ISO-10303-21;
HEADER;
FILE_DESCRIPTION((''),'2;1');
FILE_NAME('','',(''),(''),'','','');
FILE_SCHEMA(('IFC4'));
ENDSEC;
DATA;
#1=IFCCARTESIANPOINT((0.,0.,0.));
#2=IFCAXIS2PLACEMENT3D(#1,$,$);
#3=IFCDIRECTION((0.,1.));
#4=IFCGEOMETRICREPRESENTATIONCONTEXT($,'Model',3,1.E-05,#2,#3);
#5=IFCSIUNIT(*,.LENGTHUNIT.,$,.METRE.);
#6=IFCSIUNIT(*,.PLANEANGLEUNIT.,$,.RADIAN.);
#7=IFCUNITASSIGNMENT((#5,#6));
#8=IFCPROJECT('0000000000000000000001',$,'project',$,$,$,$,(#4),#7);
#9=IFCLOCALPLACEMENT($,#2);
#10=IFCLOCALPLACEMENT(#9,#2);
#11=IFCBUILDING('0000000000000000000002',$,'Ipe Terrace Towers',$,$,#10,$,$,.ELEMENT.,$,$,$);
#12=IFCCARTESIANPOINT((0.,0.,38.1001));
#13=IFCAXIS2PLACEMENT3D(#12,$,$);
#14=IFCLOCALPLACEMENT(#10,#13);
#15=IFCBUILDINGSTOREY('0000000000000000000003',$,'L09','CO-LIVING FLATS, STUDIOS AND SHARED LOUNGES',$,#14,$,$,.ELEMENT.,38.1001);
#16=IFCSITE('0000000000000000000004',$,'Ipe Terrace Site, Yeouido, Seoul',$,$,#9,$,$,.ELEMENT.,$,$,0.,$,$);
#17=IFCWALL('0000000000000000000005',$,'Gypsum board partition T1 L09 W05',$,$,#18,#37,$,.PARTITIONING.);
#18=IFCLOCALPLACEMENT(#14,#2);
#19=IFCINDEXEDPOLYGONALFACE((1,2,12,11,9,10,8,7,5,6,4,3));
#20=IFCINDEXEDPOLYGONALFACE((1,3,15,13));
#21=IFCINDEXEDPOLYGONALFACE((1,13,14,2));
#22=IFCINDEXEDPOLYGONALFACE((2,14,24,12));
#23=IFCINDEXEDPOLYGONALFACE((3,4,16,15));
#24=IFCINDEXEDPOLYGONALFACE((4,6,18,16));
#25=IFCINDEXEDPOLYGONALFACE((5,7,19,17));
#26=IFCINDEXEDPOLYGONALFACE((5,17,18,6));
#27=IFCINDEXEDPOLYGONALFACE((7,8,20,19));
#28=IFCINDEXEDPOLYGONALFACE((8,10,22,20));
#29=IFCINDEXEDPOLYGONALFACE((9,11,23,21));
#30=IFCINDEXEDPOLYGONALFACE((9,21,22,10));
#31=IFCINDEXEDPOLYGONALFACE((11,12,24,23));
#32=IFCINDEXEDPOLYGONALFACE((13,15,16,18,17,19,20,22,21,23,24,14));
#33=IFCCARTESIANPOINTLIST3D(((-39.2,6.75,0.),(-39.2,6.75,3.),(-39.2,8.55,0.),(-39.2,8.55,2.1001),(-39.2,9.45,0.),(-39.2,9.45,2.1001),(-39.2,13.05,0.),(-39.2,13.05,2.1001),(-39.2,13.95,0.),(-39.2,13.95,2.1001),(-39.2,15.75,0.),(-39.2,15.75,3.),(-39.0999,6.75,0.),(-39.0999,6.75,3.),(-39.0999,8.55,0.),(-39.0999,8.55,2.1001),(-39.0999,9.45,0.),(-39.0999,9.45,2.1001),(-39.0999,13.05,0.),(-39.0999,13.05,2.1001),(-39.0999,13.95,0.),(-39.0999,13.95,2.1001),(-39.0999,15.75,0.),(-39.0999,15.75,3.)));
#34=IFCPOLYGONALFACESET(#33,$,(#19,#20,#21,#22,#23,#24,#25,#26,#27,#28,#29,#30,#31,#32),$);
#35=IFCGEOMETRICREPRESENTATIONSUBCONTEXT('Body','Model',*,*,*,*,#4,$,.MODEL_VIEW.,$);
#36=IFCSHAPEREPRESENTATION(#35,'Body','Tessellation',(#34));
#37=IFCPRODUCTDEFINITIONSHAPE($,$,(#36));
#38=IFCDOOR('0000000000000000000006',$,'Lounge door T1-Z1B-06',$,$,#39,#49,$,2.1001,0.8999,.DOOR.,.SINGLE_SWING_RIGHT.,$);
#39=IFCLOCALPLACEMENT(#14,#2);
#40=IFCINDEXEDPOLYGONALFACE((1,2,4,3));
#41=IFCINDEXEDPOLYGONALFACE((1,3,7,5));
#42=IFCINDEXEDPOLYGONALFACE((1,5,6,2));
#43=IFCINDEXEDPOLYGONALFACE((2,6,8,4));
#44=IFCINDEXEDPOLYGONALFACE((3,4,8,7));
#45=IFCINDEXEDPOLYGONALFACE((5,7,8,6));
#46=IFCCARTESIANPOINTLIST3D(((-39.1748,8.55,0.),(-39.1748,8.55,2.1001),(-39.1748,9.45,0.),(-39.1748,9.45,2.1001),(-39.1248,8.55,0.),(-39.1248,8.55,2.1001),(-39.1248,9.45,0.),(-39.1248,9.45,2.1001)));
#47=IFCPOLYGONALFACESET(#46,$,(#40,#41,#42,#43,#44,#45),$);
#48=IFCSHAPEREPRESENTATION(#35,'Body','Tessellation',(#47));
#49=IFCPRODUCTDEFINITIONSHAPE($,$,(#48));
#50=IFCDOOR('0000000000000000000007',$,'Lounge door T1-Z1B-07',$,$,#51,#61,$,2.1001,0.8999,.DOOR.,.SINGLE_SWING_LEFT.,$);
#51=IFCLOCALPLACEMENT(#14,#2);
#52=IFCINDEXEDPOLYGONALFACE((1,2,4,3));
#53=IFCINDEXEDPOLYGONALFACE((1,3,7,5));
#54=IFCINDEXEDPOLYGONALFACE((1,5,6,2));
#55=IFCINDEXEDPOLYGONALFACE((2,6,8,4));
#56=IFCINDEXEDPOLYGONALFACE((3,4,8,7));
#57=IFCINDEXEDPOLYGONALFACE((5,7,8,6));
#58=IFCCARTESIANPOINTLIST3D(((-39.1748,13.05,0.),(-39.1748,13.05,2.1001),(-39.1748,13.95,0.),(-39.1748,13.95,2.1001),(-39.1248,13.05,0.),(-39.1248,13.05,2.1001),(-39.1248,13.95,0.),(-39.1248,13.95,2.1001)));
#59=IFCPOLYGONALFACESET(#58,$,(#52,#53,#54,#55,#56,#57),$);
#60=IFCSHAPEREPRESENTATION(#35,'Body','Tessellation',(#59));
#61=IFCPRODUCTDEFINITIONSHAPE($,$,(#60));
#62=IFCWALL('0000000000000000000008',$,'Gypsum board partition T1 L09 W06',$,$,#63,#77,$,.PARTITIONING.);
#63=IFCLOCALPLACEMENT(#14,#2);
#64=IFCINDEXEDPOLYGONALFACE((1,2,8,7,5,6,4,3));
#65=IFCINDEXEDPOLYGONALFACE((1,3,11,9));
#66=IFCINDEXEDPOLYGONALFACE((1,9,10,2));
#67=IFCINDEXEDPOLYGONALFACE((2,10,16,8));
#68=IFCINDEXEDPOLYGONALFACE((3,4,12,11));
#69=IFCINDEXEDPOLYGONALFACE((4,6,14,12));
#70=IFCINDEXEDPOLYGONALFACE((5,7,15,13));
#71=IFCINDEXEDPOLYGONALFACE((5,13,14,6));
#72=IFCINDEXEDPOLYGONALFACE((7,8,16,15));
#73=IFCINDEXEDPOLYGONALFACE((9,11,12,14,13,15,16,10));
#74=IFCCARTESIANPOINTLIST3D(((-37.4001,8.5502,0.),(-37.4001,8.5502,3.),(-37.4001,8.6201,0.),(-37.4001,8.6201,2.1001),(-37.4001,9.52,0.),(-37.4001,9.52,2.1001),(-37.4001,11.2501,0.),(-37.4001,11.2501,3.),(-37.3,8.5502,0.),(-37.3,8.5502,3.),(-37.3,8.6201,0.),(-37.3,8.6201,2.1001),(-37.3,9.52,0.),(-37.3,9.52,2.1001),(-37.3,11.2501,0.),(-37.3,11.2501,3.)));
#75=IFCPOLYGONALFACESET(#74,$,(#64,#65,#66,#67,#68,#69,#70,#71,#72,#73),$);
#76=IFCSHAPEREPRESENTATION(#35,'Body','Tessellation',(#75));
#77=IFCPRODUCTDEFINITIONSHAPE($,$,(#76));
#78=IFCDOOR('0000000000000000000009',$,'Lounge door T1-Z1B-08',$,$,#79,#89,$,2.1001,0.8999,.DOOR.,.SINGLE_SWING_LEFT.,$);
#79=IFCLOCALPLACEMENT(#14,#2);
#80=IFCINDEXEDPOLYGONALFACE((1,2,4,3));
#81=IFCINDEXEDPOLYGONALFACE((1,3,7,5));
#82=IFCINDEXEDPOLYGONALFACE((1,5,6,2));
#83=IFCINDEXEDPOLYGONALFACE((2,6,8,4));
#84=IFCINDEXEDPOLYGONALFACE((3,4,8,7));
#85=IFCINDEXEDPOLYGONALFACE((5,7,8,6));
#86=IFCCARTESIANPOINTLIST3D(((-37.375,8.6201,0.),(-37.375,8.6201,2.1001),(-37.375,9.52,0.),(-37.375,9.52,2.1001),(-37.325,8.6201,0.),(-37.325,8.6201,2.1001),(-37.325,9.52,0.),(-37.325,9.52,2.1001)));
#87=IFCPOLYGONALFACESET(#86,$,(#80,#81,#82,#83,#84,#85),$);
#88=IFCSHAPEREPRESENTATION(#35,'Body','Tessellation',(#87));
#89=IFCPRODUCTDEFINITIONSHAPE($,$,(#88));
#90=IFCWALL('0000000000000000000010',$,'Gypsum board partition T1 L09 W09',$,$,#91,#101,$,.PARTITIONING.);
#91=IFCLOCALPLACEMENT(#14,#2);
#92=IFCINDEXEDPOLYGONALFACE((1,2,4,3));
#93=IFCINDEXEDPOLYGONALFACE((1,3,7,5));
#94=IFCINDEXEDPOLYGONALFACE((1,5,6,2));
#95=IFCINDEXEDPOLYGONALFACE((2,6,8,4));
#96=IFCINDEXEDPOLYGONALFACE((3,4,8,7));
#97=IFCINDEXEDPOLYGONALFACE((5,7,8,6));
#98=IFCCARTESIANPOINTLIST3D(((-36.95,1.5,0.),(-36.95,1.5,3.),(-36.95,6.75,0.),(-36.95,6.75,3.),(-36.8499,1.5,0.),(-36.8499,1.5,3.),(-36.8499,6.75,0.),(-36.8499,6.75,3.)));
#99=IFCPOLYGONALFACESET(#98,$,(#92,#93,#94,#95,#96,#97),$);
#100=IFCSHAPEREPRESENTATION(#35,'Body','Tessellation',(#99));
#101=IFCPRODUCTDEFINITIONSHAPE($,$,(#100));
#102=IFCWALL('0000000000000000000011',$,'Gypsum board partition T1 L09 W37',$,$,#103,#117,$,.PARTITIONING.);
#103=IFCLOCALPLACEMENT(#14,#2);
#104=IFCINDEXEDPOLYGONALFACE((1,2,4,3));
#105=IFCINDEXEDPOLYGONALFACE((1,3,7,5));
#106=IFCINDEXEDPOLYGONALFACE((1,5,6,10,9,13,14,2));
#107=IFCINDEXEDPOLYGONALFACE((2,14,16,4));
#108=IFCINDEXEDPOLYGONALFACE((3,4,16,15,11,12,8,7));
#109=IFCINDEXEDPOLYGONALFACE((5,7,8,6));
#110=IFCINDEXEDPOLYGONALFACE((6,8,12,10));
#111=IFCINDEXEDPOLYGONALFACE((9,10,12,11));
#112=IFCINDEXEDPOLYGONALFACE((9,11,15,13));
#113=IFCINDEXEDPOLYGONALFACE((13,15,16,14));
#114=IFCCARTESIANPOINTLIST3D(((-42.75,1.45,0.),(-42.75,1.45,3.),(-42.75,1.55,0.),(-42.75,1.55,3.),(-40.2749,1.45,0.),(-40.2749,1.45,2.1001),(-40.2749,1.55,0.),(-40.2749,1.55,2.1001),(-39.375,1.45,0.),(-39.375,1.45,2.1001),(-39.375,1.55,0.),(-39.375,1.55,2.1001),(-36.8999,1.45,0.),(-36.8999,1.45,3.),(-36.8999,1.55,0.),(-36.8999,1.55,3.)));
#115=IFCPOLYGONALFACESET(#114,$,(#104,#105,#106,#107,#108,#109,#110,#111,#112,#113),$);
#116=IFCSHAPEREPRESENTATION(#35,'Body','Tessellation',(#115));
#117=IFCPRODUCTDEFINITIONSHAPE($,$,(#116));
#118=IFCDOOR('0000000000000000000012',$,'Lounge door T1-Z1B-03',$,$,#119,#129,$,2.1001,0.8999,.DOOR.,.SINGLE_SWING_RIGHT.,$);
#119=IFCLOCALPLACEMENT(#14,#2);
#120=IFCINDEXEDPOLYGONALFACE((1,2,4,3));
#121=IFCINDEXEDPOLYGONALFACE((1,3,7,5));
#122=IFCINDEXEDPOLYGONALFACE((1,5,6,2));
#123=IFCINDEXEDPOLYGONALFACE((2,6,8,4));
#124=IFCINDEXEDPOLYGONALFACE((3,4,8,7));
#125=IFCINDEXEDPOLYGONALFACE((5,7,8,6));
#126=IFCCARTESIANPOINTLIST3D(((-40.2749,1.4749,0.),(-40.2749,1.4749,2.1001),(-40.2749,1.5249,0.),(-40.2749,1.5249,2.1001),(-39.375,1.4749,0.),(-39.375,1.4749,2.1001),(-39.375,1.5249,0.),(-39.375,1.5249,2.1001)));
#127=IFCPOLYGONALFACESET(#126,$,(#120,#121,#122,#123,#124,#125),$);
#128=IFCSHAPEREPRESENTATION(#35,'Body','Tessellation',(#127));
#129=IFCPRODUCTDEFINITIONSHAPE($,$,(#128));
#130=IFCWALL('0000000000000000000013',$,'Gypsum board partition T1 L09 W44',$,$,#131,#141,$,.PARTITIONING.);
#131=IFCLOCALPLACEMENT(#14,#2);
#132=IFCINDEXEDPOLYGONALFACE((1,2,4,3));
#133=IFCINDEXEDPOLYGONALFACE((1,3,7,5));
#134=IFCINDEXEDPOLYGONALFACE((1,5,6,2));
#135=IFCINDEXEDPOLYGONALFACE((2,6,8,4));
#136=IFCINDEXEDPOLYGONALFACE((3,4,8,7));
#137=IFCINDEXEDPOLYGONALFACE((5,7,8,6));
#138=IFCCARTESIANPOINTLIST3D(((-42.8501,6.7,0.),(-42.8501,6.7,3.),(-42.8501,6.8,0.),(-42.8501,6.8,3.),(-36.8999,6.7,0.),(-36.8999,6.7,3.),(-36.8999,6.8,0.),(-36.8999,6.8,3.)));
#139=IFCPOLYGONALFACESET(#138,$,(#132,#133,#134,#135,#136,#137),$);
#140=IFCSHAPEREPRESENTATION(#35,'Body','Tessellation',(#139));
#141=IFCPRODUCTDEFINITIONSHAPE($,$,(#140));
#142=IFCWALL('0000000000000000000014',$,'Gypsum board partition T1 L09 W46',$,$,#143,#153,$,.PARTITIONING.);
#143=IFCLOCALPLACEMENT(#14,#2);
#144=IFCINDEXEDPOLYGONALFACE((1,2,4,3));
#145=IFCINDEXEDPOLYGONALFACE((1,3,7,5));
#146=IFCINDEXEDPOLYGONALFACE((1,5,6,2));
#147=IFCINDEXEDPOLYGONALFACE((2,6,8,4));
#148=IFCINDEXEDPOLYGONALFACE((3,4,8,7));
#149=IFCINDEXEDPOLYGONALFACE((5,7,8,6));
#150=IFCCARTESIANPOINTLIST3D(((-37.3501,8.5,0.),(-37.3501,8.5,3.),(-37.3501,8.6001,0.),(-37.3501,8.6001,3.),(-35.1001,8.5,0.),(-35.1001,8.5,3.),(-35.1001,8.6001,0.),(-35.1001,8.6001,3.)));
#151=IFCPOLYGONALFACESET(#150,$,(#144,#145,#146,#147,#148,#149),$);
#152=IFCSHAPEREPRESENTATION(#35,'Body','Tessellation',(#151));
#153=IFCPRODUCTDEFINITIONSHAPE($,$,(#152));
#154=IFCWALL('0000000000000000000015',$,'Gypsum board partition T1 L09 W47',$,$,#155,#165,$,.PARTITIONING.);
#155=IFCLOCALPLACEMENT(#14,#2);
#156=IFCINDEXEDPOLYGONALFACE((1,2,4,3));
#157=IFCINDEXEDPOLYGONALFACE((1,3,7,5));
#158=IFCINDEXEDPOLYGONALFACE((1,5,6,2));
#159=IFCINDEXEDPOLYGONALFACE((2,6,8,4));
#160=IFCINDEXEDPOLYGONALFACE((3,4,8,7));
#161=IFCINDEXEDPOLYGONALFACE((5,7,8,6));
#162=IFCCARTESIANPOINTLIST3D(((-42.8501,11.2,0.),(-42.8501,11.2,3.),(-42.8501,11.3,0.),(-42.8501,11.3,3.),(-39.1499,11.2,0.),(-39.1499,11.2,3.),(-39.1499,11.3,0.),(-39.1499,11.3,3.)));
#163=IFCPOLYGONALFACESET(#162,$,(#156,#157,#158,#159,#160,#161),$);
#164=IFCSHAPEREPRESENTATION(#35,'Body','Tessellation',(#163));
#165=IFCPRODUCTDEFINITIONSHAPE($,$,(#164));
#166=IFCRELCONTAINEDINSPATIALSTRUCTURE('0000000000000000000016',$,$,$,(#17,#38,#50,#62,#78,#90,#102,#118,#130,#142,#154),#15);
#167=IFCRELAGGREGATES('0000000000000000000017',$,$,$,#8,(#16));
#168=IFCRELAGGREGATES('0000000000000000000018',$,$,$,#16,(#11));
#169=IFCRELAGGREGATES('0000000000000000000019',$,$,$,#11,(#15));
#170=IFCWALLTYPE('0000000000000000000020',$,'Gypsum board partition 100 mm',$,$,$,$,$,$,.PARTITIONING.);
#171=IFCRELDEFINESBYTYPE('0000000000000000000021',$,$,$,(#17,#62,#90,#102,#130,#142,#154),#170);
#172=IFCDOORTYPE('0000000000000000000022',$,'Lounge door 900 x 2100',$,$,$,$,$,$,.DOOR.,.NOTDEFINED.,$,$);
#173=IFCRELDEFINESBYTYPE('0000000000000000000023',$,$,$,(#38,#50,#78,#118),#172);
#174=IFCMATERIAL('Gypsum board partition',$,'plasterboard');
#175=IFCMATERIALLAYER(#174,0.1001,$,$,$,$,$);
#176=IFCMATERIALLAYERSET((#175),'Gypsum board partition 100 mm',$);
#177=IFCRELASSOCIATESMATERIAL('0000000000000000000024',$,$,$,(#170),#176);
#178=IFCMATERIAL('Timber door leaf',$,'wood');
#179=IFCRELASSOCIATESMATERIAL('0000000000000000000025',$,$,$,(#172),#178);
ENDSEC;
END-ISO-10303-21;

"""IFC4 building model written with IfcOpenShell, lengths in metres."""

from ifc_helpers import new_model, si_unit, direction, frame, frame_2d, origin, place, context, subcontext, project, spatial, rectangle, extrude, material, layer, layer_set, type_object, element, fill, save


model = new_model("IFC4")

# Units and contexts
model_context = context("Model", 3, precision=1e-05, world=origin(), true_north=direction((0.0, 1.0)))
body_context = subcontext(model_context, "Body", "Model", "MODEL_VIEW")
ifc_project = project(units=[si_unit("LENGTHUNIT", "METRE"), si_unit("PLANEANGLEUNIT", "RADIAN")], contexts=[model_context])

# Site, building, storey
site_placement = place(None, origin())
site = spatial("IfcSite", under=ifc_project, at=site_placement, Name="Ipe Terrace Site, Yeouido, Seoul", CompositionType="ELEMENT", RefElevation=0.0)
building_placement = place(site_placement, origin())
building = spatial("IfcBuilding", under=site, at=building_placement, Name="Ipe Terrace Towers", CompositionType="ELEMENT")
storey_placement = place(building_placement, frame((0.0, 0.0, 38.1001)))
storey = spatial("IfcBuildingStorey", under=building, at=storey_placement, Name="L09", Description="CO-LIVING FLATS, STUDIOS AND SHARED LOUNGES", CompositionType="ELEMENT", Elevation=38.1001)

# Wall, openings, doors
ifc_material_1 = material(Name="Gypsum board partition", Category="plasterboard")
ifc_layer_1 = layer(ifc_material_1, 0.1001)
ifc_layer_set_1 = layer_set([ifc_layer_1], Name="Gypsum board partition 100 mm")
wall_type_1 = type_object("IfcWallType", Name="Gypsum board partition 100 mm", PredefinedType="PARTITIONING", material=ifc_layer_set_1)
wall_1_placement = place(storey_placement, frame((-39.1499, 6.75, 0.0), z_axis=(0.0, 0.0, 1.0), x_axis=(0.0, 1.0, 0.0)))
wall_1 = element("IfcWall", 1, at=wall_1_placement, inside=storey, type_object=wall_type_1, Name="Gypsum board partition T1 L09 W05", PredefinedType="PARTITIONING", context=body_context, shape_type="SweptSolid", body=[
    extrude(rectangle(XDim=9.0, YDim=0.1001, at=frame_2d((4.5, 0.0))), origin(), (0.0, 0.0, 1.0), 3.0),
])
opening_1_placement = place(wall_1_placement, frame((1.8, 0.0, 0.0)))
opening_1 = element("IfcOpeningElement", 2, at=opening_1_placement, cuts=wall_1, PredefinedType="OPENING", context=body_context, shape_type="SweptSolid", body=[
    extrude(rectangle(XDim=0.8999, YDim=2.1001, at=frame_2d((0.45, 1.05))), frame((0.0, 0.0601, 0.0), z_axis=(0.0, -1.0, 0.0), x_axis=(1.0, 0.0, 0.0)), (0.0, 0.0, 1.0), 0.1201),
])
opening_2_placement = place(wall_1_placement, frame((6.3, 0.0, 0.0)))
opening_2 = element("IfcOpeningElement", 3, at=opening_2_placement, cuts=wall_1, PredefinedType="OPENING", context=body_context, shape_type="SweptSolid", body=[
    extrude(rectangle(XDim=0.8999, YDim=2.1001, at=frame_2d((0.45, 1.05))), frame((0.0, 0.0601, 0.0), z_axis=(0.0, -1.0, 0.0), x_axis=(1.0, 0.0, 0.0)), (0.0, 0.0, 1.0), 0.1201),
])
ifc_material_2 = material(Name="Timber door leaf", Category="wood")
door_type_1 = type_object("IfcDoorType", Name="Lounge door 900 x 2100", OperationType="NOTDEFINED", PredefinedType="DOOR", material=ifc_material_2)
door_1_placement = place(opening_1_placement, origin())
door_1 = element("IfcDoor", 4, at=door_1_placement, inside=storey, type_object=door_type_1, Name="Lounge door T1-Z1B-06", OperationType="SINGLE_SWING_RIGHT", OverallHeight=2.1001, OverallWidth=0.8999, PredefinedType="DOOR", context=body_context, shape_type="SweptSolid", body=[
    extrude(rectangle(XDim=0.8999, YDim=2.1001, at=frame_2d((0.45, 1.05))), frame((0.0, 0.0249, 0.0), z_axis=(0.0, -1.0, 0.0), x_axis=(1.0, 0.0, 0.0)), (0.0, 0.0, 1.0), 0.05),
])
fill(opening_1, door_1)
door_2_placement = place(opening_2_placement, origin())
door_2 = element("IfcDoor", 5, at=door_2_placement, inside=storey, type_object=door_type_1, Name="Lounge door T1-Z1B-07", OperationType="SINGLE_SWING_LEFT", OverallHeight=2.1001, OverallWidth=0.8999, PredefinedType="DOOR", context=body_context, shape_type="SweptSolid", body=[
    extrude(rectangle(XDim=0.8999, YDim=2.1001, at=frame_2d((0.45, 1.05))), frame((0.0, 0.0249, 0.0), z_axis=(0.0, -1.0, 0.0), x_axis=(1.0, 0.0, 0.0)), (0.0, 0.0, 1.0), 0.05),
])
fill(opening_2, door_2)

# Wall, opening, door
wall_2_placement = place(storey_placement, frame((-37.3501, 8.55, 0.0), z_axis=(0.0, 0.0, 1.0), x_axis=(0.0, 1.0, 0.0)))
wall_2 = element("IfcWall", 6, at=wall_2_placement, inside=storey, type_object=wall_type_1, Name="Gypsum board partition T1 L09 W06", PredefinedType="PARTITIONING", context=body_context, shape_type="SweptSolid", body=[
    extrude(rectangle(XDim=2.7, YDim=0.1001, at=frame_2d((1.3501, 0.0))), origin(), (0.0, 0.0, 1.0), 3.0),
])
opening_3_placement = place(wall_2_placement, frame((0.0701, 0.0, 0.0)))
opening_3 = element("IfcOpeningElement", 7, at=opening_3_placement, cuts=wall_2, PredefinedType="OPENING", context=body_context, shape_type="SweptSolid", body=[
    extrude(rectangle(XDim=0.8999, YDim=2.1001, at=frame_2d((0.45, 1.05))), frame((0.0, 0.0601, 0.0), z_axis=(0.0, -1.0, 0.0), x_axis=(1.0, 0.0, 0.0)), (0.0, 0.0, 1.0), 0.1201),
])
door_3_placement = place(opening_3_placement, origin())
door_3 = element("IfcDoor", 8, at=door_3_placement, inside=storey, type_object=door_type_1, Name="Lounge door T1-Z1B-08", OperationType="SINGLE_SWING_LEFT", OverallHeight=2.1001, OverallWidth=0.8999, PredefinedType="DOOR", context=body_context, shape_type="SweptSolid", body=[
    extrude(rectangle(XDim=0.8999, YDim=2.1001, at=frame_2d((0.45, 1.05))), frame((0.0, 0.0249, 0.0), z_axis=(0.0, -1.0, 0.0), x_axis=(1.0, 0.0, 0.0)), (0.0, 0.0, 1.0), 0.05),
])
fill(opening_3, door_3)

# Wall
wall_3_placement = place(storey_placement, frame((-36.8999, 1.5, 0.0), z_axis=(0.0, 0.0, 1.0), x_axis=(0.0, 1.0, 0.0)))
element("IfcWall", 9, at=wall_3_placement, inside=storey, type_object=wall_type_1, Name="Gypsum board partition T1 L09 W09", PredefinedType="PARTITIONING", context=body_context, shape_type="SweptSolid", body=[
    extrude(rectangle(XDim=5.25, YDim=0.1001, at=frame_2d((2.625, 0.0))), origin(), (0.0, 0.0, 1.0), 3.0),
])

# Wall, opening, door
wall_4_placement = place(storey_placement, frame((-42.75, 1.5, 0.0), z_axis=(0.0, 0.0, 1.0), x_axis=(1.0, 0.0, 0.0)))
wall_4 = element("IfcWall", 10, at=wall_4_placement, inside=storey, type_object=wall_type_1, Name="Gypsum board partition T1 L09 W37", PredefinedType="PARTITIONING", context=body_context, shape_type="SweptSolid", body=[
    extrude(rectangle(XDim=5.8501, YDim=0.1001, at=frame_2d((2.925, 0.0))), origin(), (0.0, 0.0, 1.0), 3.0),
])
opening_4_placement = place(wall_4_placement, frame((2.4751, 0.0, 0.0)))
opening_4 = element("IfcOpeningElement", 11, at=opening_4_placement, cuts=wall_4, PredefinedType="OPENING", context=body_context, shape_type="SweptSolid", body=[
    extrude(rectangle(XDim=0.8999, YDim=2.1001, at=frame_2d((0.45, 1.05))), frame((0.0, 0.0601, 0.0), z_axis=(0.0, -1.0, 0.0), x_axis=(1.0, 0.0, 0.0)), (0.0, 0.0, 1.0), 0.1201),
])
door_4_placement = place(opening_4_placement, origin())
door_4 = element("IfcDoor", 12, at=door_4_placement, inside=storey, type_object=door_type_1, Name="Lounge door T1-Z1B-03", OperationType="SINGLE_SWING_RIGHT", OverallHeight=2.1001, OverallWidth=0.8999, PredefinedType="DOOR", context=body_context, shape_type="SweptSolid", body=[
    extrude(rectangle(XDim=0.8999, YDim=2.1001, at=frame_2d((0.45, 1.05))), frame((0.0, 0.0249, 0.0), z_axis=(0.0, -1.0, 0.0), x_axis=(1.0, 0.0, 0.0)), (0.0, 0.0, 1.0), 0.05),
])
fill(opening_4, door_4)

# Walls
wall_5_placement = place(storey_placement, frame((-42.8501, 6.75, 0.0), z_axis=(0.0, 0.0, 1.0), x_axis=(1.0, 0.0, 0.0)))
element("IfcWall", 13, at=wall_5_placement, inside=storey, type_object=wall_type_1, Name="Gypsum board partition T1 L09 W44", PredefinedType="PARTITIONING", context=body_context, shape_type="SweptSolid", body=[
    extrude(rectangle(XDim=5.9502, YDim=0.1001, at=frame_2d((2.9751, 0.0))), origin(), (0.0, 0.0, 1.0), 3.0),
])
wall_6_placement = place(storey_placement, frame((-37.3501, 8.55, 0.0), z_axis=(0.0, 0.0, 1.0), x_axis=(1.0, 0.0, 0.0)))
element("IfcWall", 14, at=wall_6_placement, inside=storey, type_object=wall_type_1, Name="Gypsum board partition T1 L09 W46", PredefinedType="PARTITIONING", context=body_context, shape_type="SweptSolid", body=[
    extrude(rectangle(XDim=2.25, YDim=0.1001, at=frame_2d((1.125, 0.0))), origin(), (0.0, 0.0, 1.0), 3.0),
])
wall_7_placement = place(storey_placement, frame((-42.8501, 11.25, 0.0), z_axis=(0.0, 0.0, 1.0), x_axis=(1.0, 0.0, 0.0)))
element("IfcWall", 15, at=wall_7_placement, inside=storey, type_object=wall_type_1, Name="Gypsum board partition T1 L09 W47", PredefinedType="PARTITIONING", context=body_context, shape_type="SweptSolid", body=[
    extrude(rectangle(XDim=3.7002, YDim=0.1001, at=frame_2d((1.8501, 0.0))), origin(), (0.0, 0.0, 1.0), 3.0),
])

save(model, "model.ifc")
